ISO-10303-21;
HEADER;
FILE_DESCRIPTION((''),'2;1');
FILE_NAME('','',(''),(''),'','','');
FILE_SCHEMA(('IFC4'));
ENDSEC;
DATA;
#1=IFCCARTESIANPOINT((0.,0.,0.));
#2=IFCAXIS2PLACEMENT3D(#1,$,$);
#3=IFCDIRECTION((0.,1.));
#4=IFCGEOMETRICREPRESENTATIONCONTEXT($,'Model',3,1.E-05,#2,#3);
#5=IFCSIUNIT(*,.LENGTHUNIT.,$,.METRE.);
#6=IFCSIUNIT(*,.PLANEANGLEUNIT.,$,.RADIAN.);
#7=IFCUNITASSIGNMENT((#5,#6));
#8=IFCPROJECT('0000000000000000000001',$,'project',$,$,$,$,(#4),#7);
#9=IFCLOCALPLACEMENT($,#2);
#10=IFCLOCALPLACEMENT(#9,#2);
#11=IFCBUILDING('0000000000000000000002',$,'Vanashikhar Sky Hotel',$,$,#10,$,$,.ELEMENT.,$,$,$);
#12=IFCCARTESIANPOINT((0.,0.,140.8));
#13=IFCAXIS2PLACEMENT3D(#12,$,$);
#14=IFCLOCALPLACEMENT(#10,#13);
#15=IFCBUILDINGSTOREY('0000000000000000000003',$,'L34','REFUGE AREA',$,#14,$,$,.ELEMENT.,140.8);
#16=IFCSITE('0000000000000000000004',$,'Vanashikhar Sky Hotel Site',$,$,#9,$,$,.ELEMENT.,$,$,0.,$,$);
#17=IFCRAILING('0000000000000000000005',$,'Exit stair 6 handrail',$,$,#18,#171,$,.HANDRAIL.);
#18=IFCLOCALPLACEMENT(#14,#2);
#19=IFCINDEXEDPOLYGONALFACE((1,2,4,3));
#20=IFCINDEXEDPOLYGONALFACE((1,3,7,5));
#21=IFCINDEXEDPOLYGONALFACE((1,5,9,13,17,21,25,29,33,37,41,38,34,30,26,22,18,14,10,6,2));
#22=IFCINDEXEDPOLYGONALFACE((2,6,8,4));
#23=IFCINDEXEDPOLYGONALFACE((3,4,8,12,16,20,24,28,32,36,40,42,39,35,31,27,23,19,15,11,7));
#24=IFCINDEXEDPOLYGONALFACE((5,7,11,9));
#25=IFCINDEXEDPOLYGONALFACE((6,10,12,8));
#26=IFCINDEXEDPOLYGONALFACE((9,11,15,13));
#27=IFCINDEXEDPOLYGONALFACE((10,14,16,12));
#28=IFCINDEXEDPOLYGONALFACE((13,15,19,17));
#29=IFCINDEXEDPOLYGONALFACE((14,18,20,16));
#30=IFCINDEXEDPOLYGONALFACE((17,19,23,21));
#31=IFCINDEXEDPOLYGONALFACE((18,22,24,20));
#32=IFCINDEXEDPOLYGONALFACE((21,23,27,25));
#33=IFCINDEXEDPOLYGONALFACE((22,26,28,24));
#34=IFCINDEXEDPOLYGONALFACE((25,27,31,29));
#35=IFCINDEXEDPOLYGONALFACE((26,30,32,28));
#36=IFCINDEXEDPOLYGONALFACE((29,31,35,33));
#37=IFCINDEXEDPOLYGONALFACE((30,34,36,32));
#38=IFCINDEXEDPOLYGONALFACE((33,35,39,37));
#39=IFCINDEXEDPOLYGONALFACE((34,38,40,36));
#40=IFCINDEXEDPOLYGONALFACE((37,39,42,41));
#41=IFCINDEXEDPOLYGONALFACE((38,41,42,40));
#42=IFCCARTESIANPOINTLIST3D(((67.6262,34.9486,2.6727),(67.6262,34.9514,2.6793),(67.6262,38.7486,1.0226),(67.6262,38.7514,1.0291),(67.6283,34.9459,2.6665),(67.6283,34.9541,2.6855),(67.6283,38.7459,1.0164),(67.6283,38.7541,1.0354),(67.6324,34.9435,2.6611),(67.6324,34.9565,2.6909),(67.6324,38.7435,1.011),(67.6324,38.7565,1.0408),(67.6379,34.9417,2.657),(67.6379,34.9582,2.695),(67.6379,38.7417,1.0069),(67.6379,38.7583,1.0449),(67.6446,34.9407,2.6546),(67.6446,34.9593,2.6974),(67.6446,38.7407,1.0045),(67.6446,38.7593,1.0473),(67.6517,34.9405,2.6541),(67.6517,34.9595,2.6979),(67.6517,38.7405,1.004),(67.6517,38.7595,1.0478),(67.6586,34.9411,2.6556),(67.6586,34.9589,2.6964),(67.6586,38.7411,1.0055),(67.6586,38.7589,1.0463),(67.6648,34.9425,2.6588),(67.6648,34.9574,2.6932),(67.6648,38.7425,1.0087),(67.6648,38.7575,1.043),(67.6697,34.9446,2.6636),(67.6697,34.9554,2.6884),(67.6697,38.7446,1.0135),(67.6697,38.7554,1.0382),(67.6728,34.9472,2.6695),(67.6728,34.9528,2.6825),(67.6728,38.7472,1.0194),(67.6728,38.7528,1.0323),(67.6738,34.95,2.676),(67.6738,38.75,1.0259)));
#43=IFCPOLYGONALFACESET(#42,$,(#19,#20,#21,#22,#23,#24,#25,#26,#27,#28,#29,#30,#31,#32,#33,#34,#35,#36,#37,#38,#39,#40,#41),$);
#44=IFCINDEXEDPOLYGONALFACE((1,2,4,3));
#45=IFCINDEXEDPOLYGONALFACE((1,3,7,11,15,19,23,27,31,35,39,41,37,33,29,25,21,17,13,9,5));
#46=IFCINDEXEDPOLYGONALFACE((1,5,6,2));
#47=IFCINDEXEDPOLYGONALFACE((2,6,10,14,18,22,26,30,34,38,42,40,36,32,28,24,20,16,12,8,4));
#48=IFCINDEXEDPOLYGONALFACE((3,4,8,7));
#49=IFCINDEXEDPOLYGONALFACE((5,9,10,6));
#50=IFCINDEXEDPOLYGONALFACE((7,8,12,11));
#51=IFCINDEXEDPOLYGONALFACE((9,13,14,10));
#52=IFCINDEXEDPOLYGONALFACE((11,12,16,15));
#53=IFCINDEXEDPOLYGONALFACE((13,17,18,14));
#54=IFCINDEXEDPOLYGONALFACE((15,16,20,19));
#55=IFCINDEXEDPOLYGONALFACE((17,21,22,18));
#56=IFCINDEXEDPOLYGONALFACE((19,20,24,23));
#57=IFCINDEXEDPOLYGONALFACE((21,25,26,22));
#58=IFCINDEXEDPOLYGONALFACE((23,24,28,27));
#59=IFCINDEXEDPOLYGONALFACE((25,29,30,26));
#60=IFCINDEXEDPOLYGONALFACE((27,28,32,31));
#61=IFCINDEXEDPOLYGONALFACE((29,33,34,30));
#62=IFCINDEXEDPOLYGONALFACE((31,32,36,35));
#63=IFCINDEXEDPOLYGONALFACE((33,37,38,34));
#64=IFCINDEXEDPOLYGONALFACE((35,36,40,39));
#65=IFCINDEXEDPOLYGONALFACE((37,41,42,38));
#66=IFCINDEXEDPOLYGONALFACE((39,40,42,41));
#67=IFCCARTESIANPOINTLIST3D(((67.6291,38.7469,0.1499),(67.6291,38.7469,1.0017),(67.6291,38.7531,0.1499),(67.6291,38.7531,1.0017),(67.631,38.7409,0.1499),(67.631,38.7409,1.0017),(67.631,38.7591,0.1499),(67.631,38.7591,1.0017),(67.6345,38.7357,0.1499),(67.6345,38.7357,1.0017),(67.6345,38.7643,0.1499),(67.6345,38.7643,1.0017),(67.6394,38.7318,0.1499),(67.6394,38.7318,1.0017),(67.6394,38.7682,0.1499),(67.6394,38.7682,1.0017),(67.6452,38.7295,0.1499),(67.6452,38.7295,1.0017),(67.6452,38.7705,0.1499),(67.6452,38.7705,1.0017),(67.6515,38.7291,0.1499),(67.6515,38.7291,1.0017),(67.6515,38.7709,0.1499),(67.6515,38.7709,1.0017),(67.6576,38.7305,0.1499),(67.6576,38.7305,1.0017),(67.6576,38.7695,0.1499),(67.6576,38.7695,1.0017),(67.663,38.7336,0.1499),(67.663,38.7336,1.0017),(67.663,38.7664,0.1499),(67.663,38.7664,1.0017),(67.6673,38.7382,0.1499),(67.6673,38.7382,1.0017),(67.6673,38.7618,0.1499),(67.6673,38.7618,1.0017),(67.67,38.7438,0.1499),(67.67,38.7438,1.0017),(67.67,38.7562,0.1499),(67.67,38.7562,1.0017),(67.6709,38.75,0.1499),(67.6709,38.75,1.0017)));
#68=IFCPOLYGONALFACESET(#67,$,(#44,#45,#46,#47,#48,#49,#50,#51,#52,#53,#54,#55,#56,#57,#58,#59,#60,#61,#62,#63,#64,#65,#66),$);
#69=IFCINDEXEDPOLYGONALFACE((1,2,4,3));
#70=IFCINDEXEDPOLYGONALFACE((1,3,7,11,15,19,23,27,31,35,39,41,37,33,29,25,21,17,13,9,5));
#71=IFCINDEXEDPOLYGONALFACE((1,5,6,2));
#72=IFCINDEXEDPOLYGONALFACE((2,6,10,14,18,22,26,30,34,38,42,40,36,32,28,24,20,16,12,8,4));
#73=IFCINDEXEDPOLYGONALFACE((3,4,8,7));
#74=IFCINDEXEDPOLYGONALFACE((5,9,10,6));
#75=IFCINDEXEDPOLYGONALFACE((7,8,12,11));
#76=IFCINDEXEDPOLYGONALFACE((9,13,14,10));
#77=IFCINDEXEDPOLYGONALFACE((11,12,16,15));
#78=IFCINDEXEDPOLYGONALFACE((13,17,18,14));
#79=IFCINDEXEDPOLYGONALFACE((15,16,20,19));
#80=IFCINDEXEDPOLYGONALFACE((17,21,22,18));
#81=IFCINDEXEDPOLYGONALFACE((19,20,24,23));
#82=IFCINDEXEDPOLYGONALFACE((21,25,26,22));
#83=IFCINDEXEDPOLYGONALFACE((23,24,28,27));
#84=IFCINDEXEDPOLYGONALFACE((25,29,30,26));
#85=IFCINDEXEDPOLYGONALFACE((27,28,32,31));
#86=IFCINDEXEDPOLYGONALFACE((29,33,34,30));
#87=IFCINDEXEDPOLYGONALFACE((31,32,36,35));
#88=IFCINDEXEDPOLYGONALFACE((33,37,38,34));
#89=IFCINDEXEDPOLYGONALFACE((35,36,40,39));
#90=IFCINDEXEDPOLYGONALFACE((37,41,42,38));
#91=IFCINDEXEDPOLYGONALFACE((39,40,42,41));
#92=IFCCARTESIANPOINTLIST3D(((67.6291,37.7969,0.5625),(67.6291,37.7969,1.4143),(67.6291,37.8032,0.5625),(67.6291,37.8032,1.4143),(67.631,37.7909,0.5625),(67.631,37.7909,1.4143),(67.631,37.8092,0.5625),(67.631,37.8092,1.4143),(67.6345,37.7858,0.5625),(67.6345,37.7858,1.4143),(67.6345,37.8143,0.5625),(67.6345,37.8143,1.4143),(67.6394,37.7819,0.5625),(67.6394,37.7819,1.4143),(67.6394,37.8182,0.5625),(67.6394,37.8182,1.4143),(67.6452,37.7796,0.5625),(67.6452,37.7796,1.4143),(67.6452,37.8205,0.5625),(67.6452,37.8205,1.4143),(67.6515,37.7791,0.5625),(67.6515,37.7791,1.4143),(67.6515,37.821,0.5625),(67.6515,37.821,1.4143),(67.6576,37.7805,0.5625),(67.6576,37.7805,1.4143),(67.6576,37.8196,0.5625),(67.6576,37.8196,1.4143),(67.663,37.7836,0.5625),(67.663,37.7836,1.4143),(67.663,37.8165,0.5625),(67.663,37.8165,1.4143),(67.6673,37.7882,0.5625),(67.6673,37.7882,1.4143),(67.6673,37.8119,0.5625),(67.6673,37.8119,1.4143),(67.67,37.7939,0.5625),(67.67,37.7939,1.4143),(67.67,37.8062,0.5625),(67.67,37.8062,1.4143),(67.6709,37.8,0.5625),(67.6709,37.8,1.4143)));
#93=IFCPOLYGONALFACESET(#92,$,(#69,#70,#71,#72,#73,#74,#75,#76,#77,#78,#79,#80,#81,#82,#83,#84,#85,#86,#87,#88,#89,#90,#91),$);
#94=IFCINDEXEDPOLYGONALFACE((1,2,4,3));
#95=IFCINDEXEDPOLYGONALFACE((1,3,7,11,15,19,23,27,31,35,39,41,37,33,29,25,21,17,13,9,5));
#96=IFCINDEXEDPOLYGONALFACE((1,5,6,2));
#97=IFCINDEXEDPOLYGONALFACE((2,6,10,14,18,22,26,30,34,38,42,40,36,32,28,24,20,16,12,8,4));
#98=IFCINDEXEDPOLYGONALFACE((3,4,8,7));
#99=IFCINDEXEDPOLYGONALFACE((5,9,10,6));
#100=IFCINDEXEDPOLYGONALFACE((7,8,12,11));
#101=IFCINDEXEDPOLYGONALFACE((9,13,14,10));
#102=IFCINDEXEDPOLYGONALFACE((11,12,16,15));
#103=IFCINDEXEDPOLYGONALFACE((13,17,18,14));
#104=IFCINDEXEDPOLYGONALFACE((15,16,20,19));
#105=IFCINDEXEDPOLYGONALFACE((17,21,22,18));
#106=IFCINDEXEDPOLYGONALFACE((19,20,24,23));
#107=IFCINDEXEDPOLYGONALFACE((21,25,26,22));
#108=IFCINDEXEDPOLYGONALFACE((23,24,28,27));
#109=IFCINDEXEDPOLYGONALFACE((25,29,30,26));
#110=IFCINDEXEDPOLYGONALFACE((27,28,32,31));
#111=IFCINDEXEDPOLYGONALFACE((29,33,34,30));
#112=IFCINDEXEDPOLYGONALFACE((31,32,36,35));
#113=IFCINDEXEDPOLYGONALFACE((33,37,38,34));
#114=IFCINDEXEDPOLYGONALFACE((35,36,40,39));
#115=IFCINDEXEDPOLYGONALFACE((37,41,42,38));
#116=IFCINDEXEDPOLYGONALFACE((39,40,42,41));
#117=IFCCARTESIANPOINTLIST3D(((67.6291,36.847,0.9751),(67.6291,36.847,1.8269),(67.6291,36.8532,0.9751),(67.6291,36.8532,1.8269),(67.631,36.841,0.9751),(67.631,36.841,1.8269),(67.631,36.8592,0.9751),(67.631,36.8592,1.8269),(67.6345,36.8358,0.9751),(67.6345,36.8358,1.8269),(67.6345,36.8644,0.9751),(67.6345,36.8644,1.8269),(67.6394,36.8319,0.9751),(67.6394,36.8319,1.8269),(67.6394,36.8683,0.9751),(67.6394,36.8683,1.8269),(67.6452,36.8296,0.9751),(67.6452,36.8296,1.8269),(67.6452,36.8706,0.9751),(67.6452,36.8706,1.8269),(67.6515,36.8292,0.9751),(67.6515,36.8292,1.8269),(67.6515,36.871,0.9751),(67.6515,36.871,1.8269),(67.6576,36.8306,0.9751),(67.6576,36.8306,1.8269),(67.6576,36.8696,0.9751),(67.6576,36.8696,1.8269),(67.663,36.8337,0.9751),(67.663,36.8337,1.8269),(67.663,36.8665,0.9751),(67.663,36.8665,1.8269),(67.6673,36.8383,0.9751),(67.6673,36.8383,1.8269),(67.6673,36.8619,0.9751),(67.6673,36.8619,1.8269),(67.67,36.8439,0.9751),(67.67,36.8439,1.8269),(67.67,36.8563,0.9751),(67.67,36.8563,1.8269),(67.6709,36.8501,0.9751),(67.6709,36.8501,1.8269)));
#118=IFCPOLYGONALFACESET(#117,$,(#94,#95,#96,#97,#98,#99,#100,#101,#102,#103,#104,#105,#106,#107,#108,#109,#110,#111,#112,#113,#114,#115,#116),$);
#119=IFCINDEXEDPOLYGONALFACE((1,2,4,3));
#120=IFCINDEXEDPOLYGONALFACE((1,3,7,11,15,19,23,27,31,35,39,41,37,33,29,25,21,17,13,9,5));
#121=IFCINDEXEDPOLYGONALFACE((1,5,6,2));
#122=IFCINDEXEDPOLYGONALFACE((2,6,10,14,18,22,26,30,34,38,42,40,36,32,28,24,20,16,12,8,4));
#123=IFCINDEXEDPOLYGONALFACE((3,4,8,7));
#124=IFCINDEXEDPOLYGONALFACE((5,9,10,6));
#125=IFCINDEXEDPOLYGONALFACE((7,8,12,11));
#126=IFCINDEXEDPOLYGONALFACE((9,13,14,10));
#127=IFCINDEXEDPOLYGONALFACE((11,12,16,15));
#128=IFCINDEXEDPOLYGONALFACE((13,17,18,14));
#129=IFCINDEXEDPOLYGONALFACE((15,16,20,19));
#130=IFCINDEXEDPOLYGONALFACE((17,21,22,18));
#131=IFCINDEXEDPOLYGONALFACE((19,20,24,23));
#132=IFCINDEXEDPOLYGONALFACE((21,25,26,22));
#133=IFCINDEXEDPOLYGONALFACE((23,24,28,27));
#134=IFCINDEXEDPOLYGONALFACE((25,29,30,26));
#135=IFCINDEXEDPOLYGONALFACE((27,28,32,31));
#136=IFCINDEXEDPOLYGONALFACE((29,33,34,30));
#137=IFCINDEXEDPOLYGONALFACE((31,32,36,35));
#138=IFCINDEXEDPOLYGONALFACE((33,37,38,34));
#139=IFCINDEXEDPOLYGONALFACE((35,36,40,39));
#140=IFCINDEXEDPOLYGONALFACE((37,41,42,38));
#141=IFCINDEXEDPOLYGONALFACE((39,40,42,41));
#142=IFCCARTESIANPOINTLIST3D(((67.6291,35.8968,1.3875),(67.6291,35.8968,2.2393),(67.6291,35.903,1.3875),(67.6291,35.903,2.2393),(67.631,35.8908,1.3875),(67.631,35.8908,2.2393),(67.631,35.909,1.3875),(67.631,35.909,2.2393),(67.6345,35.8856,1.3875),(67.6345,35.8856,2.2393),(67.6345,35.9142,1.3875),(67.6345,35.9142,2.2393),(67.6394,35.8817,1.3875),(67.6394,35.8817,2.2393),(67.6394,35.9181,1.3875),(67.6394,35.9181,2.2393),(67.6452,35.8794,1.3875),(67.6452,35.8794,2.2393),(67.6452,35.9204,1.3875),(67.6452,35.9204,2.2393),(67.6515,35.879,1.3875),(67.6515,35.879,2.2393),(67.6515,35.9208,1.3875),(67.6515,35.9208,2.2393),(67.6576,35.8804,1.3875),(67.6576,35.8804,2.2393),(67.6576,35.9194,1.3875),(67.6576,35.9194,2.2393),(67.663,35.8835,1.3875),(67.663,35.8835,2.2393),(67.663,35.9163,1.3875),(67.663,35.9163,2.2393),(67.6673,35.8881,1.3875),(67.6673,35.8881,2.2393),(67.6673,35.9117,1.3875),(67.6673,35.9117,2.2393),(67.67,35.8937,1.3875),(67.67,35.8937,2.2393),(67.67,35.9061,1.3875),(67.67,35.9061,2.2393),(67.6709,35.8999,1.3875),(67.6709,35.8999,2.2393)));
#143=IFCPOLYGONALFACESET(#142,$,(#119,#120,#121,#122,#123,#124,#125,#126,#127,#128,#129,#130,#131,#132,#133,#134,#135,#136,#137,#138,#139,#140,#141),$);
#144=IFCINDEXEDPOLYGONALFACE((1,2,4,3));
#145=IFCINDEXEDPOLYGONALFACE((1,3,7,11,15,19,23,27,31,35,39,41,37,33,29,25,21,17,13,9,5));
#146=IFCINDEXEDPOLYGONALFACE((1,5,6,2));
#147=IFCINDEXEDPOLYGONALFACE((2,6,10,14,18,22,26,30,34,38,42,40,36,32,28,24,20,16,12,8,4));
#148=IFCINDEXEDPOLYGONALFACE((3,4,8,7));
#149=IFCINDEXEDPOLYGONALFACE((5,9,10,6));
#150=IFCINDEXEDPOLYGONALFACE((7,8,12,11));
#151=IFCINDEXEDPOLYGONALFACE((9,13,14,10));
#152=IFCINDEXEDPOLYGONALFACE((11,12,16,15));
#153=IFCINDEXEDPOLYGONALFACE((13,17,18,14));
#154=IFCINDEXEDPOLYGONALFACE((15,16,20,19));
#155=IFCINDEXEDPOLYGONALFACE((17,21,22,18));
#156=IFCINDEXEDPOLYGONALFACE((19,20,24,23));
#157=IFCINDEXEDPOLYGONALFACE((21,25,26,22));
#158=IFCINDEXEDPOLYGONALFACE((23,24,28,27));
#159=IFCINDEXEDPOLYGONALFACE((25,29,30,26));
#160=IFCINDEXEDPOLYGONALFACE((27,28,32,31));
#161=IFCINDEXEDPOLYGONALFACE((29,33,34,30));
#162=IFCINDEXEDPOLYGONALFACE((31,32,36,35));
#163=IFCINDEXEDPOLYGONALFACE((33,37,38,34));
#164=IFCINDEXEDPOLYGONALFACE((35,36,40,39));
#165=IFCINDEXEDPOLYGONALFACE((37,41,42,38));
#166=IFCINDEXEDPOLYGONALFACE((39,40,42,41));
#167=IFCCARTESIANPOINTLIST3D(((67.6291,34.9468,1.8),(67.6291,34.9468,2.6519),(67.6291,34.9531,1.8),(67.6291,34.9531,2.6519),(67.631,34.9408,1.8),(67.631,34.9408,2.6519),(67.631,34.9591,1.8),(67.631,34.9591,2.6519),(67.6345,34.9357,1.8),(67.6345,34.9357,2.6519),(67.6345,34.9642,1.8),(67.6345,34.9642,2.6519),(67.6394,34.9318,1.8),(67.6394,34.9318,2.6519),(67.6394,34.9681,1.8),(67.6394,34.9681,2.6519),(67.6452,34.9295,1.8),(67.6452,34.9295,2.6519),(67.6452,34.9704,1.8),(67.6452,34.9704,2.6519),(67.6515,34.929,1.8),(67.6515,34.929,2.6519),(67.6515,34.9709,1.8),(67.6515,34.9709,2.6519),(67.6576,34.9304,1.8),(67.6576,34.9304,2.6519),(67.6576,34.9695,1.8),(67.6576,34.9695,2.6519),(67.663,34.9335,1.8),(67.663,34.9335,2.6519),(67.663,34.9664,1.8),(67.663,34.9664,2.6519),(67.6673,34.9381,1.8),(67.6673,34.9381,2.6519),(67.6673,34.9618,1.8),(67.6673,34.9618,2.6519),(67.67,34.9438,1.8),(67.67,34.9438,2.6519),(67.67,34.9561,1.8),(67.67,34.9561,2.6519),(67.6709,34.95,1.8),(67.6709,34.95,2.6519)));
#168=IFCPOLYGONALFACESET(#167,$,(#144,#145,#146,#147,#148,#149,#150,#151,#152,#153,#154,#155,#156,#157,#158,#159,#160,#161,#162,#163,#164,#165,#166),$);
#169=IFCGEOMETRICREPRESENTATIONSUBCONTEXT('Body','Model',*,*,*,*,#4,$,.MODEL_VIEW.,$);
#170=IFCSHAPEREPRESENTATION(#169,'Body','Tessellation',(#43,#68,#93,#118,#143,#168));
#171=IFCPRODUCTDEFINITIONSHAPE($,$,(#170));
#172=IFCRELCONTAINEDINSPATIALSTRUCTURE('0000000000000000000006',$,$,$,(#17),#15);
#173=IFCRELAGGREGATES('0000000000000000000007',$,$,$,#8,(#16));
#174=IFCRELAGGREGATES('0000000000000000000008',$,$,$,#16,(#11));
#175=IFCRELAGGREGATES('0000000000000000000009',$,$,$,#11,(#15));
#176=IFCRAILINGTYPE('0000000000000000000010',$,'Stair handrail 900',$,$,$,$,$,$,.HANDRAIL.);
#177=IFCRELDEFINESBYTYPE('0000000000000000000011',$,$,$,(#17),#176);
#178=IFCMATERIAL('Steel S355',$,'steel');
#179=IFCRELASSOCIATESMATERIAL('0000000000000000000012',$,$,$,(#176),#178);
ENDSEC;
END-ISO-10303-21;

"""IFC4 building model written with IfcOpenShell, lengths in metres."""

from ifc_helpers import new_model, si_unit, direction, frame, origin, origin_2d, place, context, subcontext, project, spatial, circle, extrude, source, transform, mapped, material, type_object, element, save


model = new_model("IFC4")

# Units and contexts
model_context = context("Model", 3, precision=1e-05, world=origin(), true_north=direction((0.0, 1.0)))
body_context = subcontext(model_context, "Body", "Model", "MODEL_VIEW")
ifc_project = project(units=[si_unit("LENGTHUNIT", "METRE"), si_unit("PLANEANGLEUNIT", "RADIAN")], contexts=[model_context])

# Site, building, storey
site_placement = place(None, origin())
site = spatial("IfcSite", under=ifc_project, at=site_placement, Name="Vanashikhar Sky Hotel Site", CompositionType="ELEMENT", RefElevation=0.0)
building_placement = place(site_placement, origin())
building = spatial("IfcBuilding", under=site, at=building_placement, Name="Vanashikhar Sky Hotel", CompositionType="ELEMENT")
storey_placement = place(building_placement, frame((0.0, 0.0, 140.8)))
storey = spatial("IfcBuildingStorey", under=building, at=storey_placement, Name="L34", Description="REFUGE AREA", CompositionType="ELEMENT", Elevation=140.8)

# Railing
ifc_material_1 = material(Name="Steel S355", Category="steel")
railing_type_1 = type_object("IfcRailingType", Name="Stair handrail 900", PredefinedType="HANDRAIL", material=ifc_material_1)
shared_shape_1 = source(origin(), body_context, "Body", "SweptSolid", [
    extrude(circle(Radius=0.0239, at=origin_2d()), frame((0.0, 0.0, 0.876), z_axis=(0.0, -0.917251, 0.39831), x_axis=(1.0, 0.0, 0.0)), (0.0, 0.0, 1.0), 4.1428),
    extrude(circle(Radius=0.021, at=origin_2d()), origin(), (0.0, 0.0, 1.0), 0.8518),
    extrude(circle(Radius=0.021, at=origin_2d()), frame((0.0, -0.95, 0.4126)), (0.0, 0.0, 1.0), 0.8518),
    extrude(circle(Radius=0.021, at=origin_2d()), frame((0.0, -1.8999, 0.8252)), (0.0, 0.0, 1.0), 0.8518),
    extrude(circle(Radius=0.021, at=origin_2d()), frame((0.0, -2.8501, 1.2375)), (0.0, 0.0, 1.0), 0.8518),
    extrude(circle(Radius=0.021, at=origin_2d()), frame((0.0, -3.8, 1.6501)), (0.0, 0.0, 1.0), 0.8518),
])
for number, where, name in (
    (1, (67.6499, 38.75, 0.1499), "Exit stair 6 handrail"),
):
    element("IfcRailing", number, at=place(storey_placement, frame(where)), inside=storey, type_object=railing_type_1, Name=name, PredefinedType="HANDRAIL", context=body_context, shape_type="MappedRepresentation", body=[
        mapped(shared_shape_1, transform((0.0, 0.0, 0.0), scale=1.0)),
    ])

save(model, "model.ifc")
